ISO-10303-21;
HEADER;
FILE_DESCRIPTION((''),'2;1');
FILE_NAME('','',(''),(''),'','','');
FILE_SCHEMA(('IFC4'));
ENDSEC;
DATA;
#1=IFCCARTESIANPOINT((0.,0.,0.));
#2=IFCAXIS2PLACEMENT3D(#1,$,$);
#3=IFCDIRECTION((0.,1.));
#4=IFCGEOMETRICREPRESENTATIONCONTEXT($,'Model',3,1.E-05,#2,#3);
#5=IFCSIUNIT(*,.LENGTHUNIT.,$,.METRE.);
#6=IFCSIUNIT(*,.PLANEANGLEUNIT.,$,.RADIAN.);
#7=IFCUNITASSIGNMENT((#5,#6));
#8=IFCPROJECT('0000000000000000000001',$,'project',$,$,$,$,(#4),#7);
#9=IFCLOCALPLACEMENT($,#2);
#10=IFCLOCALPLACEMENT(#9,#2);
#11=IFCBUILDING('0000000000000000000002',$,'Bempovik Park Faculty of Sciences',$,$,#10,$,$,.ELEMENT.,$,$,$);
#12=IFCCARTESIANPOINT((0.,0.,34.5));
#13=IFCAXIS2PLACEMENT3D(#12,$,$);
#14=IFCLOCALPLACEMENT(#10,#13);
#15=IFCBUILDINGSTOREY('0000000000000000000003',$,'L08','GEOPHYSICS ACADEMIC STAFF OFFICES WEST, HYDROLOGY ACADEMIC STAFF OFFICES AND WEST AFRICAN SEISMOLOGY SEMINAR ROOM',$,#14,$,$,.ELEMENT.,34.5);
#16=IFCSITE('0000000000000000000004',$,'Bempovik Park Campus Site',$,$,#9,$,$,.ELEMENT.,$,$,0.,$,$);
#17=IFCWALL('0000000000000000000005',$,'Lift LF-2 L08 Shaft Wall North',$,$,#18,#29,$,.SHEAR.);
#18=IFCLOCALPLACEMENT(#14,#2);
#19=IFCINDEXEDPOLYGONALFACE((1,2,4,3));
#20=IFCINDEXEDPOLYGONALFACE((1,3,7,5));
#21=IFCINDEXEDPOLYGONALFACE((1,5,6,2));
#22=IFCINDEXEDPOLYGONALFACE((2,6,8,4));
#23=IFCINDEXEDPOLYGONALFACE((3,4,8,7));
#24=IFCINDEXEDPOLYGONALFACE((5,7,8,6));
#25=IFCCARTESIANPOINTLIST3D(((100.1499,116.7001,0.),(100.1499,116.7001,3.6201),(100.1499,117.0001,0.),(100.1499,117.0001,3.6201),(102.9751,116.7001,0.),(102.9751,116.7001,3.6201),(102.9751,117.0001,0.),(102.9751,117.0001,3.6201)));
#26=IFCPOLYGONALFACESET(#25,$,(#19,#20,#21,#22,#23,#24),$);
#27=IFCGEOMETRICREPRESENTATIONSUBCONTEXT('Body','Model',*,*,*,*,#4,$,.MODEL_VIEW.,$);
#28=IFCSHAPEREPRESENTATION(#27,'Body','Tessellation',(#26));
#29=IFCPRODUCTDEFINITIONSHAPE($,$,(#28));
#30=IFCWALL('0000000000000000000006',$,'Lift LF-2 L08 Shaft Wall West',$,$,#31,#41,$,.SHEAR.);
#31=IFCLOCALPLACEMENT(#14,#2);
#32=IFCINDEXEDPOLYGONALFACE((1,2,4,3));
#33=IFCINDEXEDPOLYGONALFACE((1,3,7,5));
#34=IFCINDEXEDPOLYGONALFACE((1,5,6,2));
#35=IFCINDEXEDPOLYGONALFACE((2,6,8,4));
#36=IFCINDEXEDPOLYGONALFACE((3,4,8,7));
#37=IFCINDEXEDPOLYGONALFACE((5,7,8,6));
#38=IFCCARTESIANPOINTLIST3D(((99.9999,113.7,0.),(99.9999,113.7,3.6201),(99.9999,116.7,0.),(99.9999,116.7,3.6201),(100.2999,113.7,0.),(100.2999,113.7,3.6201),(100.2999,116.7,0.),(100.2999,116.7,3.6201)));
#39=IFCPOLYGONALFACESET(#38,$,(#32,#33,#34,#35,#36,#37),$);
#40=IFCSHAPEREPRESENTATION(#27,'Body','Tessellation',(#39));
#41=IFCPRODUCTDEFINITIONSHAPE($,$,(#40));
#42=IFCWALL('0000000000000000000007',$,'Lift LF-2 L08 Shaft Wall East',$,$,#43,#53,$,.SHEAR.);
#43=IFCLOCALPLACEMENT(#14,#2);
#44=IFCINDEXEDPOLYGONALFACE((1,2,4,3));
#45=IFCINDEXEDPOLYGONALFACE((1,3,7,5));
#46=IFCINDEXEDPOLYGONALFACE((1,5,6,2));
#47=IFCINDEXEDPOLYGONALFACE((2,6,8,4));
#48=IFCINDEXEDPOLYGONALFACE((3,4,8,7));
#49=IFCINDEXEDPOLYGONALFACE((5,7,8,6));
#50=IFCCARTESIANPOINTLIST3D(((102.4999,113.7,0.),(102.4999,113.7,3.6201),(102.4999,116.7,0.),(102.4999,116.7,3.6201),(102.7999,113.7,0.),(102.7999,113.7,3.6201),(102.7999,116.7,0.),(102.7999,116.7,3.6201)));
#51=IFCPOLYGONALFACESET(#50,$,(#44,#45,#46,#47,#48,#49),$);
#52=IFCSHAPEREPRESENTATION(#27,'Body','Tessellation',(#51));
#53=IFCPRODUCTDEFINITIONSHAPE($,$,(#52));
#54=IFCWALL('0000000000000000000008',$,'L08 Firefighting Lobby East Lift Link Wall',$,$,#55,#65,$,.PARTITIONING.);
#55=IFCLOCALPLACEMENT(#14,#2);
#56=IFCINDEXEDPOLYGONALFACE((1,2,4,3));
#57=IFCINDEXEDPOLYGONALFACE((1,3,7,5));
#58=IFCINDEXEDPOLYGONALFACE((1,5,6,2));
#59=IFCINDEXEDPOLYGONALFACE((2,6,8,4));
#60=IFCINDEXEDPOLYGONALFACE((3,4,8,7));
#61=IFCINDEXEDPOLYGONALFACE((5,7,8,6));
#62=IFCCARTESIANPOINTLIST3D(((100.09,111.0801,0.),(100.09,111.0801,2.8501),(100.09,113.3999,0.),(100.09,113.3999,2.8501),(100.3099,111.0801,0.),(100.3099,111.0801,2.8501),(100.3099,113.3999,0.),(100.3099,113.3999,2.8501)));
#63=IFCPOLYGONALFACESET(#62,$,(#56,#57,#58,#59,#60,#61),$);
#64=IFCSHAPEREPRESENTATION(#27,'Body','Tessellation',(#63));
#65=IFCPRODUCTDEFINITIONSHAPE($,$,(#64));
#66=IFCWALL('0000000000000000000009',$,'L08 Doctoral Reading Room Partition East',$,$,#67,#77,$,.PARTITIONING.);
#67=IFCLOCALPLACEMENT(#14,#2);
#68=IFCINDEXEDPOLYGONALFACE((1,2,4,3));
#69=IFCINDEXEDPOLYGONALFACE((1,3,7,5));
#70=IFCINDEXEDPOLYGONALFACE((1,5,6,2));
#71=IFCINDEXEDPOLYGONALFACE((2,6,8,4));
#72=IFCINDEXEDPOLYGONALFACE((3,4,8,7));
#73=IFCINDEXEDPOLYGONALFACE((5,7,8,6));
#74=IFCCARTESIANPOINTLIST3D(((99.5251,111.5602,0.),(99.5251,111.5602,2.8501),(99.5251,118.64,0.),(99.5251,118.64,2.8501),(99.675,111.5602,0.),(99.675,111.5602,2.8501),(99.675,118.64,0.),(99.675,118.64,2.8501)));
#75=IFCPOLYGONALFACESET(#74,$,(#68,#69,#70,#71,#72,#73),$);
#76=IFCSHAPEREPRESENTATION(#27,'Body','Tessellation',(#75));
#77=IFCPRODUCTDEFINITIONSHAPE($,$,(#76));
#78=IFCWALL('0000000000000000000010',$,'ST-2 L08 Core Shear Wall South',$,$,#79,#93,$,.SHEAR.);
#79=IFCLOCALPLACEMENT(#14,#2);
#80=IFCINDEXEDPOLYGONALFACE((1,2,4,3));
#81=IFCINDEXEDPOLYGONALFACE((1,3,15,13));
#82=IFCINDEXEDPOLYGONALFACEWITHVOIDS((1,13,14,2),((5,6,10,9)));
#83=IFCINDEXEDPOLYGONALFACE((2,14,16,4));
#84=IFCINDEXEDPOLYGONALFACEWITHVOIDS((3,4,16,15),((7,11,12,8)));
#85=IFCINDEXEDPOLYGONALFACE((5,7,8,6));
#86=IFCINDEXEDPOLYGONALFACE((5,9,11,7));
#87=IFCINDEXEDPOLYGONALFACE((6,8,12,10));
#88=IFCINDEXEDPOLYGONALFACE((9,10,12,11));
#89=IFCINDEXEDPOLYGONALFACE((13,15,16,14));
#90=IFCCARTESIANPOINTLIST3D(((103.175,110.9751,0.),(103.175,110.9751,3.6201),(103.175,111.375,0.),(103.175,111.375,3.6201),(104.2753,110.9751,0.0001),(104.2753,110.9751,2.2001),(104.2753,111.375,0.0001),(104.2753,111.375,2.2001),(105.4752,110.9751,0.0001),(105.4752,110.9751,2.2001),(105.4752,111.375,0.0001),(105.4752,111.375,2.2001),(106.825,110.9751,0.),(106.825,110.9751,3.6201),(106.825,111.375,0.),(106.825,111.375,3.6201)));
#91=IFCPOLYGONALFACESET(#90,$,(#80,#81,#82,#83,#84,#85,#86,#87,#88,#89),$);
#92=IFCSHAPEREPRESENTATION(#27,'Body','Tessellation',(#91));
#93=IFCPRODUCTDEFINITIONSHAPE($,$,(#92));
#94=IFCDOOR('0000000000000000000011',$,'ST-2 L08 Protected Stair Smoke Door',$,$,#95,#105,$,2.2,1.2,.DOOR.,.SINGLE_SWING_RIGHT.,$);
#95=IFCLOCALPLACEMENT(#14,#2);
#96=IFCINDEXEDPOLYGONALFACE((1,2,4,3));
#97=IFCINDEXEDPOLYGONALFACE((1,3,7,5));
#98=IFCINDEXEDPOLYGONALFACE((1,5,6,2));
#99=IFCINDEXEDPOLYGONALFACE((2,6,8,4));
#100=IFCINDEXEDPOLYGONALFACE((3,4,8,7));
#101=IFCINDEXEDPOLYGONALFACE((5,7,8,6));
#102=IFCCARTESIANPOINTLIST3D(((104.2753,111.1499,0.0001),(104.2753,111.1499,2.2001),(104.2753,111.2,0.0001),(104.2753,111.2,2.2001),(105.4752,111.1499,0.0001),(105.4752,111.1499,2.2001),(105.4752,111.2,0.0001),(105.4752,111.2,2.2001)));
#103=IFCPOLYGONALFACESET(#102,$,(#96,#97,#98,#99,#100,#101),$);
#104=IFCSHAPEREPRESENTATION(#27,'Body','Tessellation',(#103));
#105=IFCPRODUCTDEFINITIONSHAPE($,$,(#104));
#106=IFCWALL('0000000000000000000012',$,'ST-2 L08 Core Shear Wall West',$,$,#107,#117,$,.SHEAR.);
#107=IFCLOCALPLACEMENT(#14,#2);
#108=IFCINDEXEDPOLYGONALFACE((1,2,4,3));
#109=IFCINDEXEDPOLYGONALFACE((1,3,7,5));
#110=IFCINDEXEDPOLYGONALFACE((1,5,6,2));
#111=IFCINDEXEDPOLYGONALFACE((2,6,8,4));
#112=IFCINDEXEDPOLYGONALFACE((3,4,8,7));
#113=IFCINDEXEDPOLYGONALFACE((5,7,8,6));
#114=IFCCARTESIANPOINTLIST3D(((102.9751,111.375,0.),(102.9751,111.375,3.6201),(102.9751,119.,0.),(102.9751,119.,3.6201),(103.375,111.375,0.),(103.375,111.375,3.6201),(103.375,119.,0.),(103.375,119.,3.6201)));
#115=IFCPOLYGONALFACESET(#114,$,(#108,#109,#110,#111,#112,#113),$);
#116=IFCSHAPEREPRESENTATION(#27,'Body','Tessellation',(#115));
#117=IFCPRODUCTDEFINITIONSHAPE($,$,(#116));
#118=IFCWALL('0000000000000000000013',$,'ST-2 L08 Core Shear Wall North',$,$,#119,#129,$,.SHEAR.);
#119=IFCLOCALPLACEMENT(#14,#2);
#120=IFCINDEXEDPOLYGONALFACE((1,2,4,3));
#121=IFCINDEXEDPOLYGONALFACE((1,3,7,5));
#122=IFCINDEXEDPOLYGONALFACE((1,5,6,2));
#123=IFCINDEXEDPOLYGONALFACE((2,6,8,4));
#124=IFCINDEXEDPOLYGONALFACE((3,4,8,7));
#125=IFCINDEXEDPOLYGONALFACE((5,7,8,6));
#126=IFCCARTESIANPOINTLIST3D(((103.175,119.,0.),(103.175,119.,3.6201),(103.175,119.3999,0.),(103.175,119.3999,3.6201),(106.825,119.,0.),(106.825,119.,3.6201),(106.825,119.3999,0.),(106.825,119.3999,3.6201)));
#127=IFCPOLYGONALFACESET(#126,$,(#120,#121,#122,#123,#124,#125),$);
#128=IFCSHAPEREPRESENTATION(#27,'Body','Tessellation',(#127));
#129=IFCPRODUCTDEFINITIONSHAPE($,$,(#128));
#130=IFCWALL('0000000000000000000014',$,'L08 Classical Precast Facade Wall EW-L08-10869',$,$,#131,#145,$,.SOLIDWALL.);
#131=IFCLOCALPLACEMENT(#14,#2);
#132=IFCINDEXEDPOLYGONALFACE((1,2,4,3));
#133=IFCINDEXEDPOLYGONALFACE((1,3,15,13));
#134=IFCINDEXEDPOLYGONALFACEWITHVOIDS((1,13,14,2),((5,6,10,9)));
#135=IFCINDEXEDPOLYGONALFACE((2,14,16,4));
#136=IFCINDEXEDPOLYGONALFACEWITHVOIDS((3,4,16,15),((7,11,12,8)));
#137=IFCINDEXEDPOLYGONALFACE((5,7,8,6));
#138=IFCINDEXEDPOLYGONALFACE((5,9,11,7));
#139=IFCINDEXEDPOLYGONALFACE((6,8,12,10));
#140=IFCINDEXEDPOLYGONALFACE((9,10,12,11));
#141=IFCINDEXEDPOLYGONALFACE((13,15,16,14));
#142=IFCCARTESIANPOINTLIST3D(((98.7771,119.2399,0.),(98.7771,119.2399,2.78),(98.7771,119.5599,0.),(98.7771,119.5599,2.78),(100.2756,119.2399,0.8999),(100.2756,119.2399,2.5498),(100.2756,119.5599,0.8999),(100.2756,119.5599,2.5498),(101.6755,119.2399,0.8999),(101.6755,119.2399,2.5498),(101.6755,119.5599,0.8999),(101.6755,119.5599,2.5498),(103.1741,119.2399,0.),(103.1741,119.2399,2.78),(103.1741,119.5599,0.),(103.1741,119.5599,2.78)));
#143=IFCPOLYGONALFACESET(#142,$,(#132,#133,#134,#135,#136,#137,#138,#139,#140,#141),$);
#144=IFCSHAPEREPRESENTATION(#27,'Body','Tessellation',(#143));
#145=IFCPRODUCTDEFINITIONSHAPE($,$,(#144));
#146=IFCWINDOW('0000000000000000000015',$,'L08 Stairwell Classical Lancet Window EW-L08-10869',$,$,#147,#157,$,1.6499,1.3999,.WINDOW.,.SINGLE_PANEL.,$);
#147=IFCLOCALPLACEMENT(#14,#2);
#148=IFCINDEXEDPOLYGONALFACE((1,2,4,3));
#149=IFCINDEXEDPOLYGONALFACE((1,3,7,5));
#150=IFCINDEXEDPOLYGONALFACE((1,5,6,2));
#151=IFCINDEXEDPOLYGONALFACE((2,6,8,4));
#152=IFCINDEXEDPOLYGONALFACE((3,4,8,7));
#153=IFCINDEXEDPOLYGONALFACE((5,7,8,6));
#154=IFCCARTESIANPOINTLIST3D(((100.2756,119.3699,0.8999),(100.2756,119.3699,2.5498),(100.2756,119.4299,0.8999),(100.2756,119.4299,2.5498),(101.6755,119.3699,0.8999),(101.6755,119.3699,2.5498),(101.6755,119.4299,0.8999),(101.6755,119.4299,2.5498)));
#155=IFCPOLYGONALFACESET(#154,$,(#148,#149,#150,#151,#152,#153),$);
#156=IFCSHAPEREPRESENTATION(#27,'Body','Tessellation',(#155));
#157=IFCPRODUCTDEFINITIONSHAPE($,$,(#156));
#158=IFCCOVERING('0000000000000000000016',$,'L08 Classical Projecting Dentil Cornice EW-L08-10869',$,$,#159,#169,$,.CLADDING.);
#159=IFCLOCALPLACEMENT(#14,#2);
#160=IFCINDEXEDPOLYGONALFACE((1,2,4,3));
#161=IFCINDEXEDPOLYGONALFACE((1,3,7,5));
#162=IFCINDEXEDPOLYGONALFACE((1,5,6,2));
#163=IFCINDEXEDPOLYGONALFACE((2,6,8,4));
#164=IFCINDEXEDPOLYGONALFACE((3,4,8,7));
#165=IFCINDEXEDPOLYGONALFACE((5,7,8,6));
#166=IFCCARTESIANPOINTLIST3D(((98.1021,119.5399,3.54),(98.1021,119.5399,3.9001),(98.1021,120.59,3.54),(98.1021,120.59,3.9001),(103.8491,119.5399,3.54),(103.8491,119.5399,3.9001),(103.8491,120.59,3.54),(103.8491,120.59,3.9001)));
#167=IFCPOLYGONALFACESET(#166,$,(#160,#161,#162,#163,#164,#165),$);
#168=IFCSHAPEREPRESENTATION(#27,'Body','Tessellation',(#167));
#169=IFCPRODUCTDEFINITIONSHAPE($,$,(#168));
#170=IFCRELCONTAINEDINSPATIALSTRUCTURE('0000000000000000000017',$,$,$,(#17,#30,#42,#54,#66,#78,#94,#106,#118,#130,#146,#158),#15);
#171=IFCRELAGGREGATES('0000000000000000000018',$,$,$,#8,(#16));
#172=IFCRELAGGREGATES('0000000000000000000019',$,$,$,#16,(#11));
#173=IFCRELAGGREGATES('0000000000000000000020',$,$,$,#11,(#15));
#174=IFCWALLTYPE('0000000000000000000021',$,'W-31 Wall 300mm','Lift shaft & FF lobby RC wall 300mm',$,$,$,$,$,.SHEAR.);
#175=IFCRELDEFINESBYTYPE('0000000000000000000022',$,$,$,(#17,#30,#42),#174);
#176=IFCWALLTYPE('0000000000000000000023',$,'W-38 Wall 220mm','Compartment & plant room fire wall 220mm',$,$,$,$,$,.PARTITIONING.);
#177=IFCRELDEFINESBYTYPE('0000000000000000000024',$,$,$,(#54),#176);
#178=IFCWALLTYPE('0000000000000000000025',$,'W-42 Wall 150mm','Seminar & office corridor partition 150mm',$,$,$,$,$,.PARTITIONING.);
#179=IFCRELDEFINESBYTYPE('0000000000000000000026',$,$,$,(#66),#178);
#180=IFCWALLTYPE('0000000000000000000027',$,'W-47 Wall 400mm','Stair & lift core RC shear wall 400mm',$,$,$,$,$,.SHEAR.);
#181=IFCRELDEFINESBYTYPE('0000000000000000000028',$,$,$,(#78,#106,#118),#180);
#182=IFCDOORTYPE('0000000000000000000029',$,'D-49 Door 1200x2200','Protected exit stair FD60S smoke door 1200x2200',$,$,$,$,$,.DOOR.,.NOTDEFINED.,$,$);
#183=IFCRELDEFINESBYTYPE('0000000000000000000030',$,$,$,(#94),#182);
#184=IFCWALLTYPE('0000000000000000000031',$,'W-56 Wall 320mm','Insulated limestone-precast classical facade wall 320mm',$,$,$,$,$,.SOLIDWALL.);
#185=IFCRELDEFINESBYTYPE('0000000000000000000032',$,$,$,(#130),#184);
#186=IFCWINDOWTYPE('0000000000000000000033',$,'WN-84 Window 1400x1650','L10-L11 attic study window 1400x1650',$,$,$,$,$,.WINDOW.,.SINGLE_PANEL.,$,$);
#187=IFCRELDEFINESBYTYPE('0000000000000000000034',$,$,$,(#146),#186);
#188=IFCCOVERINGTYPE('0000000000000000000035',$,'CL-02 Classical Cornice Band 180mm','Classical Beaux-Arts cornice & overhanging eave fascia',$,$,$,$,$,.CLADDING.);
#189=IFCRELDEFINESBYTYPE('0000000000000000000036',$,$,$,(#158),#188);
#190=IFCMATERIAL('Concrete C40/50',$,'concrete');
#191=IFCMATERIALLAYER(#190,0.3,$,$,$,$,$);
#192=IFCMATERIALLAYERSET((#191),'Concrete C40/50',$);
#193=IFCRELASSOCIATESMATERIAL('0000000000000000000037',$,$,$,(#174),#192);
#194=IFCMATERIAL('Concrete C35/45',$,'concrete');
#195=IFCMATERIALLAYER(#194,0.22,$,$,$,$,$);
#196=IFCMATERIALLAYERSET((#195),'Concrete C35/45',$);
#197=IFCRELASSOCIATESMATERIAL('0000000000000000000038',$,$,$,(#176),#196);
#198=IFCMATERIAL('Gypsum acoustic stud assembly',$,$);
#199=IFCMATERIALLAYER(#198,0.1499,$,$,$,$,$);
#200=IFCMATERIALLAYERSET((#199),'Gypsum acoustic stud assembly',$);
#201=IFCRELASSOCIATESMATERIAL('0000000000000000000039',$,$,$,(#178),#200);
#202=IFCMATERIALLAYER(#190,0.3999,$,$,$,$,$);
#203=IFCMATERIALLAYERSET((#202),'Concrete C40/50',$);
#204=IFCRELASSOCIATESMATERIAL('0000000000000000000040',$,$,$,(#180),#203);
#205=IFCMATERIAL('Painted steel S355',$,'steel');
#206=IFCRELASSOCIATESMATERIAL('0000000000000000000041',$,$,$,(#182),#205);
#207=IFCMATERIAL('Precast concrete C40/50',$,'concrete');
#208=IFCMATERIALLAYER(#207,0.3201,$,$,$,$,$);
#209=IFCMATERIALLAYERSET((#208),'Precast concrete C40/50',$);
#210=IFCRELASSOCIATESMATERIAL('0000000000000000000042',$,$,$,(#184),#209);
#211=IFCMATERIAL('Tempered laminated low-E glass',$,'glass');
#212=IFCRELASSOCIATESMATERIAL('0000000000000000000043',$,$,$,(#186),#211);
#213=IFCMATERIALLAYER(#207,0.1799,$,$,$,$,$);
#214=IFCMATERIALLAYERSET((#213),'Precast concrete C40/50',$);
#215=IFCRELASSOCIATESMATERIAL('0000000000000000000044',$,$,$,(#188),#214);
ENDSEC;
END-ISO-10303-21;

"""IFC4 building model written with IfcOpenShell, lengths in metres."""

from ifc_helpers import new_model, si_unit, direction, frame, frame_2d, origin, origin_2d, place, context, subcontext, project, spatial, rectangle, extrude, material, layer, layer_set, type_object, element, fill, save


model = new_model("IFC4")

# Units and contexts
model_context = context("Model", 3, precision=1e-05, world=origin(), true_north=direction((0.0, 1.0)))
body_context = subcontext(model_context, "Body", "Model", "MODEL_VIEW")
ifc_project = project(units=[si_unit("LENGTHUNIT", "METRE"), si_unit("PLANEANGLEUNIT", "RADIAN")], contexts=[model_context])

# Site, building, storey
site_placement = place(None, origin())
site = spatial("IfcSite", under=ifc_project, at=site_placement, Name="Bempovik Park Campus Site", CompositionType="ELEMENT", RefElevation=0.0)
building_placement = place(site_placement, origin())
building = spatial("IfcBuilding", under=site, at=building_placement, Name="Bempovik Park Faculty of Sciences", CompositionType="ELEMENT")
storey_placement = place(building_placement, frame((0.0, 0.0, 34.5)))
storey = spatial("IfcBuildingStorey", under=building, at=storey_placement, Name="L08", Description="GEOPHYSICS ACADEMIC STAFF OFFICES WEST, HYDROLOGY ACADEMIC STAFF OFFICES AND WEST AFRICAN SEISMOLOGY SEMINAR ROOM", CompositionType="ELEMENT", Elevation=34.5)

# Shared definitions
ifc_material_1 = material(Name="Concrete C40/50", Category="concrete")

# Shared definitions
ifc_material_2 = material(Name="Concrete C35/45", Category="concrete")

# Shared definitions
ifc_material_3 = material(Name="Tempered laminated low-E glass", Category="glass")

# Shared definitions
ifc_layer_1 = layer(ifc_material_1, 0.3)
ifc_layer_set_1 = layer_set([ifc_layer_1], Name="Concrete C40/50")
wall_type_1 = type_object("IfcWallType", Name="W-31 Wall 300mm", Description="Lift shaft & FF lobby RC wall 300mm", PredefinedType="SHEAR", material=ifc_layer_set_1)
ifc_material_4 = material(Name="Painted steel S355", Category="steel")

# Walls
wall_1_placement = place(storey_placement, frame((100.1499, 116.8501, 0.0), z_axis=(0.0, 0.0, 1.0), x_axis=(1.0, 0.0, 0.0)))
element("IfcWall", 1, at=wall_1_placement, inside=storey, type_object=wall_type_1, Name="Lift LF-2 L08 Shaft Wall North", PredefinedType="SHEAR", context=body_context, shape_type="SweptSolid", body=[
    extrude(rectangle(XDim=2.8252, YDim=0.3, at=frame_2d((1.4126, 0.0))), origin(), (0.0, 0.0, 1.0), 3.6201),
])
for number, where, z_axis, x_axis, name in (
    (2, (100.1499, 113.7, 0.0), (0.0, 0.0, 1.0), (0.0, 1.0, 0.0), "Lift LF-2 L08 Shaft Wall West"),
    (3, (102.6499, 113.7, 0.0), (0.0, 0.0, 1.0), (0.0, 1.0, 0.0), "Lift LF-2 L08 Shaft Wall East"),
):
    element("IfcWall", number, at=place(storey_placement, frame(where, z_axis=z_axis, x_axis=x_axis)), inside=storey, type_object=wall_type_1, Name=name, PredefinedType="SHEAR", context=body_context, shape_type="SweptSolid", body=[
        extrude(rectangle(XDim=3.0, YDim=0.3, at=frame_2d((1.5, 0.0))), origin(), (0.0, 0.0, 1.0), 3.6201),
    ])
ifc_layer_2 = layer(ifc_material_2, 0.22)
ifc_layer_set_2 = layer_set([ifc_layer_2], Name="Concrete C35/45")
wall_type_2 = type_object("IfcWallType", Name="W-38 Wall 220mm", Description="Compartment & plant room fire wall 220mm", PredefinedType="PARTITIONING", material=ifc_layer_set_2)
wall_2_placement = place(storey_placement, frame((100.2, 111.0801, 0.0), z_axis=(0.0, 0.0, 1.0), x_axis=(0.0, 1.0, 0.0)))
element("IfcWall", 4, at=wall_2_placement, inside=storey, type_object=wall_type_2, Name="L08 Firefighting Lobby East Lift Link Wall", PredefinedType="PARTITIONING", context=body_context, shape_type="SweptSolid", body=[
    extrude(rectangle(XDim=2.3198, YDim=0.22, at=frame_2d((1.1599, 0.0))), origin(), (0.0, 0.0, 1.0), 2.8501),
])
ifc_material_5 = material(Name="Gypsum acoustic stud assembly")
ifc_layer_3 = layer(ifc_material_5, 0.1499)
ifc_layer_set_3 = layer_set([ifc_layer_3], Name="Gypsum acoustic stud assembly")
wall_type_3 = type_object("IfcWallType", Name="W-42 Wall 150mm", Description="Seminar & office corridor partition 150mm", PredefinedType="PARTITIONING", material=ifc_layer_set_3)
wall_3_placement = place(storey_placement, frame((99.6001, 111.5601, 0.0), z_axis=(0.0, 0.0, 1.0), x_axis=(0.0, 1.0, 0.0)))
element("IfcWall", 5, at=wall_3_placement, inside=storey, type_object=wall_type_3, Name="L08 Doctoral Reading Room Partition East", PredefinedType="PARTITIONING", context=body_context, shape_type="SweptSolid", body=[
    extrude(rectangle(XDim=7.0798, YDim=0.1499, at=frame_2d((3.54, 0.0))), origin(), (0.0, 0.0, 1.0), 2.8501),
])

# Wall, opening, door
ifc_layer_4 = layer(ifc_material_1, 0.3999)
ifc_layer_set_4 = layer_set([ifc_layer_4], Name="Concrete C40/50")
wall_type_4 = type_object("IfcWallType", Name="W-47 Wall 400mm", Description="Stair & lift core RC shear wall 400mm", PredefinedType="SHEAR", material=ifc_layer_set_4)
wall_4_placement = place(storey_placement, frame((103.175, 111.175, 0.0), z_axis=(0.0, 0.0, 1.0), x_axis=(1.0, 0.0, 0.0)))
wall_4 = element("IfcWall", 6, at=wall_4_placement, inside=storey, type_object=wall_type_4, Name="ST-2 L08 Core Shear Wall South", PredefinedType="SHEAR", context=body_context, shape_type="SweptSolid", body=[
    extrude(rectangle(XDim=3.6499, YDim=0.3999, at=frame_2d((1.825, 0.0))), origin(), (0.0, 0.0, 1.0), 3.6201),
])
opening_1_placement = place(wall_4_placement, frame((1.1001, 0.0, 0.0)))
opening_1 = element("IfcOpeningElement", 7, at=opening_1_placement, cuts=wall_4, PredefinedType="OPENING", context=body_context, shape_type="SweptSolid", body=[
    extrude(rectangle(XDim=1.2, YDim=2.2, at=frame_2d((0.6001, 1.1001))), frame((0.0, 0.21, 0.0), z_axis=(0.0, -1.0, 0.0), x_axis=(1.0, 0.0, 0.0)), (0.0, 0.0, 1.0), 0.4199),
])
door_type_1 = type_object("IfcDoorType", Name="D-49 Door 1200x2200", Description="Protected exit stair FD60S smoke door 1200x2200", OperationType="NOTDEFINED", PredefinedType="DOOR", material=ifc_material_4)
door_1_placement = place(opening_1_placement, origin())
door_1 = element("IfcDoor", 8, at=door_1_placement, inside=storey, type_object=door_type_1, Name="ST-2 L08 Protected Stair Smoke Door", OperationType="SINGLE_SWING_RIGHT", OverallHeight=2.2, OverallWidth=1.2, PredefinedType="DOOR", context=body_context, shape_type="SweptSolid", body=[
    extrude(rectangle(XDim=1.2, YDim=2.2, at=frame_2d((0.6001, 1.1001))), frame((0.0, 0.0249, 0.0), z_axis=(0.0, -1.0, 0.0), x_axis=(1.0, 0.0, 0.0)), (0.0, 0.0, 1.0), 0.05),
])
fill(opening_1, door_1)

# Walls
wall_5_placement = place(storey_placement, frame((103.175, 111.375, 0.0), z_axis=(0.0, 0.0, 1.0), x_axis=(0.0, 1.0, 0.0)))
element("IfcWall", 9, at=wall_5_placement, inside=storey, type_object=wall_type_4, Name="ST-2 L08 Core Shear Wall West", PredefinedType="SHEAR", context=body_context, shape_type="SweptSolid", body=[
    extrude(rectangle(XDim=7.625, YDim=0.3999, at=frame_2d((3.8125, 0.0))), origin(), (0.0, 0.0, 1.0), 3.6201),
])
wall_6_placement = place(storey_placement, frame((103.175, 119.2, 0.0), z_axis=(0.0, 0.0, 1.0), x_axis=(1.0, 0.0, 0.0)))
element("IfcWall", 10, at=wall_6_placement, inside=storey, type_object=wall_type_4, Name="ST-2 L08 Core Shear Wall North", PredefinedType="SHEAR", context=body_context, shape_type="SweptSolid", body=[
    extrude(rectangle(XDim=3.6499, YDim=0.3999, at=frame_2d((1.825, 0.0))), origin(), (0.0, 0.0, 1.0), 3.6201),
])

# Wall, opening, window
ifc_material_6 = material(Name="Precast concrete C40/50", Category="concrete")
ifc_layer_5 = layer(ifc_material_6, 0.3201)
ifc_layer_set_5 = layer_set([ifc_layer_5], Name="Precast concrete C40/50")
wall_type_5 = type_object("IfcWallType", Name="W-56 Wall 320mm", Description="Insulated limestone-precast classical facade wall 320mm", PredefinedType="SOLIDWALL", material=ifc_layer_set_5)
wall_7_placement = place(storey_placement, frame((98.7771, 119.3999, 0.0), z_axis=(0.0, 0.0, 1.0), x_axis=(1.0, 0.0, 0.0)))
wall_7 = element("IfcWall", 11, at=wall_7_placement, inside=storey, type_object=wall_type_5, Name="L08 Classical Precast Facade Wall EW-L08-10869", PredefinedType="SOLIDWALL", context=body_context, shape_type="SweptSolid", body=[
    extrude(rectangle(XDim=4.397, YDim=0.3201, at=frame_2d((2.1985, 0.0))), origin(), (0.0, 0.0, 1.0), 2.78),
])
opening_2_placement = place(wall_7_placement, frame((1.4985, 0.0, 0.8999)))
opening_2 = element("IfcOpeningElement", 12, at=opening_2_placement, cuts=wall_7, PredefinedType="OPENING", context=body_context, shape_type="SweptSolid", body=[
    extrude(rectangle(XDim=1.3999, YDim=1.6499, at=frame_2d((0.7, 0.825))), frame((0.0, 0.1699, 0.0), z_axis=(0.0, -1.0, 0.0), x_axis=(1.0, 0.0, 0.0)), (0.0, 0.0, 1.0), 0.3401),
])
window_type = type_object("IfcWindowType", Name="WN-84 Window 1400x1650", Description="L10-L11 attic study window 1400x1650", PartitioningType="SINGLE_PANEL", PredefinedType="WINDOW", material=ifc_material_3)
window_placement = place(opening_2_placement, origin())
window = element("IfcWindow", 13, at=window_placement, inside=storey, type_object=window_type, Name="L08 Stairwell Classical Lancet Window EW-L08-10869", OverallHeight=1.6499, OverallWidth=1.3999, PartitioningType="SINGLE_PANEL", PredefinedType="WINDOW", context=body_context, shape_type="SweptSolid", body=[
    extrude(rectangle(XDim=1.3999, YDim=1.6499, at=frame_2d((0.7, 0.825))), frame((0.0, 0.03, 0.0), z_axis=(0.0, -1.0, 0.0), x_axis=(1.0, 0.0, 0.0)), (0.0, 0.0, 1.0), 0.0601),
])
fill(opening_2, window)

# Covering
ifc_layer_6 = layer(ifc_material_6, 0.1799)
ifc_layer_set_6 = layer_set([ifc_layer_6], Name="Precast concrete C40/50")
covering_type_1 = type_object("IfcCoveringType", Name="CL-02 Classical Cornice Band 180mm", Description="Classical Beaux-Arts cornice & overhanging eave fascia", PredefinedType="CLADDING", material=ifc_layer_set_6)
covering_1_placement = place(storey_placement, frame((100.9756, 120.0649, 3.54), z_axis=(0.0, 0.0, 1.0), x_axis=(1.0, 0.0, 0.0)))
element("IfcCovering", 14, at=covering_1_placement, inside=storey, type_object=covering_type_1, Name="L08 Classical Projecting Dentil Cornice EW-L08-10869", PredefinedType="CLADDING", context=body_context, shape_type="SweptSolid", body=[
    extrude(rectangle(XDim=5.7471, YDim=1.05, at=origin_2d()), origin(), (0.0, 0.0, 1.0), 0.3601),
])

save(model, "model.ifc")
